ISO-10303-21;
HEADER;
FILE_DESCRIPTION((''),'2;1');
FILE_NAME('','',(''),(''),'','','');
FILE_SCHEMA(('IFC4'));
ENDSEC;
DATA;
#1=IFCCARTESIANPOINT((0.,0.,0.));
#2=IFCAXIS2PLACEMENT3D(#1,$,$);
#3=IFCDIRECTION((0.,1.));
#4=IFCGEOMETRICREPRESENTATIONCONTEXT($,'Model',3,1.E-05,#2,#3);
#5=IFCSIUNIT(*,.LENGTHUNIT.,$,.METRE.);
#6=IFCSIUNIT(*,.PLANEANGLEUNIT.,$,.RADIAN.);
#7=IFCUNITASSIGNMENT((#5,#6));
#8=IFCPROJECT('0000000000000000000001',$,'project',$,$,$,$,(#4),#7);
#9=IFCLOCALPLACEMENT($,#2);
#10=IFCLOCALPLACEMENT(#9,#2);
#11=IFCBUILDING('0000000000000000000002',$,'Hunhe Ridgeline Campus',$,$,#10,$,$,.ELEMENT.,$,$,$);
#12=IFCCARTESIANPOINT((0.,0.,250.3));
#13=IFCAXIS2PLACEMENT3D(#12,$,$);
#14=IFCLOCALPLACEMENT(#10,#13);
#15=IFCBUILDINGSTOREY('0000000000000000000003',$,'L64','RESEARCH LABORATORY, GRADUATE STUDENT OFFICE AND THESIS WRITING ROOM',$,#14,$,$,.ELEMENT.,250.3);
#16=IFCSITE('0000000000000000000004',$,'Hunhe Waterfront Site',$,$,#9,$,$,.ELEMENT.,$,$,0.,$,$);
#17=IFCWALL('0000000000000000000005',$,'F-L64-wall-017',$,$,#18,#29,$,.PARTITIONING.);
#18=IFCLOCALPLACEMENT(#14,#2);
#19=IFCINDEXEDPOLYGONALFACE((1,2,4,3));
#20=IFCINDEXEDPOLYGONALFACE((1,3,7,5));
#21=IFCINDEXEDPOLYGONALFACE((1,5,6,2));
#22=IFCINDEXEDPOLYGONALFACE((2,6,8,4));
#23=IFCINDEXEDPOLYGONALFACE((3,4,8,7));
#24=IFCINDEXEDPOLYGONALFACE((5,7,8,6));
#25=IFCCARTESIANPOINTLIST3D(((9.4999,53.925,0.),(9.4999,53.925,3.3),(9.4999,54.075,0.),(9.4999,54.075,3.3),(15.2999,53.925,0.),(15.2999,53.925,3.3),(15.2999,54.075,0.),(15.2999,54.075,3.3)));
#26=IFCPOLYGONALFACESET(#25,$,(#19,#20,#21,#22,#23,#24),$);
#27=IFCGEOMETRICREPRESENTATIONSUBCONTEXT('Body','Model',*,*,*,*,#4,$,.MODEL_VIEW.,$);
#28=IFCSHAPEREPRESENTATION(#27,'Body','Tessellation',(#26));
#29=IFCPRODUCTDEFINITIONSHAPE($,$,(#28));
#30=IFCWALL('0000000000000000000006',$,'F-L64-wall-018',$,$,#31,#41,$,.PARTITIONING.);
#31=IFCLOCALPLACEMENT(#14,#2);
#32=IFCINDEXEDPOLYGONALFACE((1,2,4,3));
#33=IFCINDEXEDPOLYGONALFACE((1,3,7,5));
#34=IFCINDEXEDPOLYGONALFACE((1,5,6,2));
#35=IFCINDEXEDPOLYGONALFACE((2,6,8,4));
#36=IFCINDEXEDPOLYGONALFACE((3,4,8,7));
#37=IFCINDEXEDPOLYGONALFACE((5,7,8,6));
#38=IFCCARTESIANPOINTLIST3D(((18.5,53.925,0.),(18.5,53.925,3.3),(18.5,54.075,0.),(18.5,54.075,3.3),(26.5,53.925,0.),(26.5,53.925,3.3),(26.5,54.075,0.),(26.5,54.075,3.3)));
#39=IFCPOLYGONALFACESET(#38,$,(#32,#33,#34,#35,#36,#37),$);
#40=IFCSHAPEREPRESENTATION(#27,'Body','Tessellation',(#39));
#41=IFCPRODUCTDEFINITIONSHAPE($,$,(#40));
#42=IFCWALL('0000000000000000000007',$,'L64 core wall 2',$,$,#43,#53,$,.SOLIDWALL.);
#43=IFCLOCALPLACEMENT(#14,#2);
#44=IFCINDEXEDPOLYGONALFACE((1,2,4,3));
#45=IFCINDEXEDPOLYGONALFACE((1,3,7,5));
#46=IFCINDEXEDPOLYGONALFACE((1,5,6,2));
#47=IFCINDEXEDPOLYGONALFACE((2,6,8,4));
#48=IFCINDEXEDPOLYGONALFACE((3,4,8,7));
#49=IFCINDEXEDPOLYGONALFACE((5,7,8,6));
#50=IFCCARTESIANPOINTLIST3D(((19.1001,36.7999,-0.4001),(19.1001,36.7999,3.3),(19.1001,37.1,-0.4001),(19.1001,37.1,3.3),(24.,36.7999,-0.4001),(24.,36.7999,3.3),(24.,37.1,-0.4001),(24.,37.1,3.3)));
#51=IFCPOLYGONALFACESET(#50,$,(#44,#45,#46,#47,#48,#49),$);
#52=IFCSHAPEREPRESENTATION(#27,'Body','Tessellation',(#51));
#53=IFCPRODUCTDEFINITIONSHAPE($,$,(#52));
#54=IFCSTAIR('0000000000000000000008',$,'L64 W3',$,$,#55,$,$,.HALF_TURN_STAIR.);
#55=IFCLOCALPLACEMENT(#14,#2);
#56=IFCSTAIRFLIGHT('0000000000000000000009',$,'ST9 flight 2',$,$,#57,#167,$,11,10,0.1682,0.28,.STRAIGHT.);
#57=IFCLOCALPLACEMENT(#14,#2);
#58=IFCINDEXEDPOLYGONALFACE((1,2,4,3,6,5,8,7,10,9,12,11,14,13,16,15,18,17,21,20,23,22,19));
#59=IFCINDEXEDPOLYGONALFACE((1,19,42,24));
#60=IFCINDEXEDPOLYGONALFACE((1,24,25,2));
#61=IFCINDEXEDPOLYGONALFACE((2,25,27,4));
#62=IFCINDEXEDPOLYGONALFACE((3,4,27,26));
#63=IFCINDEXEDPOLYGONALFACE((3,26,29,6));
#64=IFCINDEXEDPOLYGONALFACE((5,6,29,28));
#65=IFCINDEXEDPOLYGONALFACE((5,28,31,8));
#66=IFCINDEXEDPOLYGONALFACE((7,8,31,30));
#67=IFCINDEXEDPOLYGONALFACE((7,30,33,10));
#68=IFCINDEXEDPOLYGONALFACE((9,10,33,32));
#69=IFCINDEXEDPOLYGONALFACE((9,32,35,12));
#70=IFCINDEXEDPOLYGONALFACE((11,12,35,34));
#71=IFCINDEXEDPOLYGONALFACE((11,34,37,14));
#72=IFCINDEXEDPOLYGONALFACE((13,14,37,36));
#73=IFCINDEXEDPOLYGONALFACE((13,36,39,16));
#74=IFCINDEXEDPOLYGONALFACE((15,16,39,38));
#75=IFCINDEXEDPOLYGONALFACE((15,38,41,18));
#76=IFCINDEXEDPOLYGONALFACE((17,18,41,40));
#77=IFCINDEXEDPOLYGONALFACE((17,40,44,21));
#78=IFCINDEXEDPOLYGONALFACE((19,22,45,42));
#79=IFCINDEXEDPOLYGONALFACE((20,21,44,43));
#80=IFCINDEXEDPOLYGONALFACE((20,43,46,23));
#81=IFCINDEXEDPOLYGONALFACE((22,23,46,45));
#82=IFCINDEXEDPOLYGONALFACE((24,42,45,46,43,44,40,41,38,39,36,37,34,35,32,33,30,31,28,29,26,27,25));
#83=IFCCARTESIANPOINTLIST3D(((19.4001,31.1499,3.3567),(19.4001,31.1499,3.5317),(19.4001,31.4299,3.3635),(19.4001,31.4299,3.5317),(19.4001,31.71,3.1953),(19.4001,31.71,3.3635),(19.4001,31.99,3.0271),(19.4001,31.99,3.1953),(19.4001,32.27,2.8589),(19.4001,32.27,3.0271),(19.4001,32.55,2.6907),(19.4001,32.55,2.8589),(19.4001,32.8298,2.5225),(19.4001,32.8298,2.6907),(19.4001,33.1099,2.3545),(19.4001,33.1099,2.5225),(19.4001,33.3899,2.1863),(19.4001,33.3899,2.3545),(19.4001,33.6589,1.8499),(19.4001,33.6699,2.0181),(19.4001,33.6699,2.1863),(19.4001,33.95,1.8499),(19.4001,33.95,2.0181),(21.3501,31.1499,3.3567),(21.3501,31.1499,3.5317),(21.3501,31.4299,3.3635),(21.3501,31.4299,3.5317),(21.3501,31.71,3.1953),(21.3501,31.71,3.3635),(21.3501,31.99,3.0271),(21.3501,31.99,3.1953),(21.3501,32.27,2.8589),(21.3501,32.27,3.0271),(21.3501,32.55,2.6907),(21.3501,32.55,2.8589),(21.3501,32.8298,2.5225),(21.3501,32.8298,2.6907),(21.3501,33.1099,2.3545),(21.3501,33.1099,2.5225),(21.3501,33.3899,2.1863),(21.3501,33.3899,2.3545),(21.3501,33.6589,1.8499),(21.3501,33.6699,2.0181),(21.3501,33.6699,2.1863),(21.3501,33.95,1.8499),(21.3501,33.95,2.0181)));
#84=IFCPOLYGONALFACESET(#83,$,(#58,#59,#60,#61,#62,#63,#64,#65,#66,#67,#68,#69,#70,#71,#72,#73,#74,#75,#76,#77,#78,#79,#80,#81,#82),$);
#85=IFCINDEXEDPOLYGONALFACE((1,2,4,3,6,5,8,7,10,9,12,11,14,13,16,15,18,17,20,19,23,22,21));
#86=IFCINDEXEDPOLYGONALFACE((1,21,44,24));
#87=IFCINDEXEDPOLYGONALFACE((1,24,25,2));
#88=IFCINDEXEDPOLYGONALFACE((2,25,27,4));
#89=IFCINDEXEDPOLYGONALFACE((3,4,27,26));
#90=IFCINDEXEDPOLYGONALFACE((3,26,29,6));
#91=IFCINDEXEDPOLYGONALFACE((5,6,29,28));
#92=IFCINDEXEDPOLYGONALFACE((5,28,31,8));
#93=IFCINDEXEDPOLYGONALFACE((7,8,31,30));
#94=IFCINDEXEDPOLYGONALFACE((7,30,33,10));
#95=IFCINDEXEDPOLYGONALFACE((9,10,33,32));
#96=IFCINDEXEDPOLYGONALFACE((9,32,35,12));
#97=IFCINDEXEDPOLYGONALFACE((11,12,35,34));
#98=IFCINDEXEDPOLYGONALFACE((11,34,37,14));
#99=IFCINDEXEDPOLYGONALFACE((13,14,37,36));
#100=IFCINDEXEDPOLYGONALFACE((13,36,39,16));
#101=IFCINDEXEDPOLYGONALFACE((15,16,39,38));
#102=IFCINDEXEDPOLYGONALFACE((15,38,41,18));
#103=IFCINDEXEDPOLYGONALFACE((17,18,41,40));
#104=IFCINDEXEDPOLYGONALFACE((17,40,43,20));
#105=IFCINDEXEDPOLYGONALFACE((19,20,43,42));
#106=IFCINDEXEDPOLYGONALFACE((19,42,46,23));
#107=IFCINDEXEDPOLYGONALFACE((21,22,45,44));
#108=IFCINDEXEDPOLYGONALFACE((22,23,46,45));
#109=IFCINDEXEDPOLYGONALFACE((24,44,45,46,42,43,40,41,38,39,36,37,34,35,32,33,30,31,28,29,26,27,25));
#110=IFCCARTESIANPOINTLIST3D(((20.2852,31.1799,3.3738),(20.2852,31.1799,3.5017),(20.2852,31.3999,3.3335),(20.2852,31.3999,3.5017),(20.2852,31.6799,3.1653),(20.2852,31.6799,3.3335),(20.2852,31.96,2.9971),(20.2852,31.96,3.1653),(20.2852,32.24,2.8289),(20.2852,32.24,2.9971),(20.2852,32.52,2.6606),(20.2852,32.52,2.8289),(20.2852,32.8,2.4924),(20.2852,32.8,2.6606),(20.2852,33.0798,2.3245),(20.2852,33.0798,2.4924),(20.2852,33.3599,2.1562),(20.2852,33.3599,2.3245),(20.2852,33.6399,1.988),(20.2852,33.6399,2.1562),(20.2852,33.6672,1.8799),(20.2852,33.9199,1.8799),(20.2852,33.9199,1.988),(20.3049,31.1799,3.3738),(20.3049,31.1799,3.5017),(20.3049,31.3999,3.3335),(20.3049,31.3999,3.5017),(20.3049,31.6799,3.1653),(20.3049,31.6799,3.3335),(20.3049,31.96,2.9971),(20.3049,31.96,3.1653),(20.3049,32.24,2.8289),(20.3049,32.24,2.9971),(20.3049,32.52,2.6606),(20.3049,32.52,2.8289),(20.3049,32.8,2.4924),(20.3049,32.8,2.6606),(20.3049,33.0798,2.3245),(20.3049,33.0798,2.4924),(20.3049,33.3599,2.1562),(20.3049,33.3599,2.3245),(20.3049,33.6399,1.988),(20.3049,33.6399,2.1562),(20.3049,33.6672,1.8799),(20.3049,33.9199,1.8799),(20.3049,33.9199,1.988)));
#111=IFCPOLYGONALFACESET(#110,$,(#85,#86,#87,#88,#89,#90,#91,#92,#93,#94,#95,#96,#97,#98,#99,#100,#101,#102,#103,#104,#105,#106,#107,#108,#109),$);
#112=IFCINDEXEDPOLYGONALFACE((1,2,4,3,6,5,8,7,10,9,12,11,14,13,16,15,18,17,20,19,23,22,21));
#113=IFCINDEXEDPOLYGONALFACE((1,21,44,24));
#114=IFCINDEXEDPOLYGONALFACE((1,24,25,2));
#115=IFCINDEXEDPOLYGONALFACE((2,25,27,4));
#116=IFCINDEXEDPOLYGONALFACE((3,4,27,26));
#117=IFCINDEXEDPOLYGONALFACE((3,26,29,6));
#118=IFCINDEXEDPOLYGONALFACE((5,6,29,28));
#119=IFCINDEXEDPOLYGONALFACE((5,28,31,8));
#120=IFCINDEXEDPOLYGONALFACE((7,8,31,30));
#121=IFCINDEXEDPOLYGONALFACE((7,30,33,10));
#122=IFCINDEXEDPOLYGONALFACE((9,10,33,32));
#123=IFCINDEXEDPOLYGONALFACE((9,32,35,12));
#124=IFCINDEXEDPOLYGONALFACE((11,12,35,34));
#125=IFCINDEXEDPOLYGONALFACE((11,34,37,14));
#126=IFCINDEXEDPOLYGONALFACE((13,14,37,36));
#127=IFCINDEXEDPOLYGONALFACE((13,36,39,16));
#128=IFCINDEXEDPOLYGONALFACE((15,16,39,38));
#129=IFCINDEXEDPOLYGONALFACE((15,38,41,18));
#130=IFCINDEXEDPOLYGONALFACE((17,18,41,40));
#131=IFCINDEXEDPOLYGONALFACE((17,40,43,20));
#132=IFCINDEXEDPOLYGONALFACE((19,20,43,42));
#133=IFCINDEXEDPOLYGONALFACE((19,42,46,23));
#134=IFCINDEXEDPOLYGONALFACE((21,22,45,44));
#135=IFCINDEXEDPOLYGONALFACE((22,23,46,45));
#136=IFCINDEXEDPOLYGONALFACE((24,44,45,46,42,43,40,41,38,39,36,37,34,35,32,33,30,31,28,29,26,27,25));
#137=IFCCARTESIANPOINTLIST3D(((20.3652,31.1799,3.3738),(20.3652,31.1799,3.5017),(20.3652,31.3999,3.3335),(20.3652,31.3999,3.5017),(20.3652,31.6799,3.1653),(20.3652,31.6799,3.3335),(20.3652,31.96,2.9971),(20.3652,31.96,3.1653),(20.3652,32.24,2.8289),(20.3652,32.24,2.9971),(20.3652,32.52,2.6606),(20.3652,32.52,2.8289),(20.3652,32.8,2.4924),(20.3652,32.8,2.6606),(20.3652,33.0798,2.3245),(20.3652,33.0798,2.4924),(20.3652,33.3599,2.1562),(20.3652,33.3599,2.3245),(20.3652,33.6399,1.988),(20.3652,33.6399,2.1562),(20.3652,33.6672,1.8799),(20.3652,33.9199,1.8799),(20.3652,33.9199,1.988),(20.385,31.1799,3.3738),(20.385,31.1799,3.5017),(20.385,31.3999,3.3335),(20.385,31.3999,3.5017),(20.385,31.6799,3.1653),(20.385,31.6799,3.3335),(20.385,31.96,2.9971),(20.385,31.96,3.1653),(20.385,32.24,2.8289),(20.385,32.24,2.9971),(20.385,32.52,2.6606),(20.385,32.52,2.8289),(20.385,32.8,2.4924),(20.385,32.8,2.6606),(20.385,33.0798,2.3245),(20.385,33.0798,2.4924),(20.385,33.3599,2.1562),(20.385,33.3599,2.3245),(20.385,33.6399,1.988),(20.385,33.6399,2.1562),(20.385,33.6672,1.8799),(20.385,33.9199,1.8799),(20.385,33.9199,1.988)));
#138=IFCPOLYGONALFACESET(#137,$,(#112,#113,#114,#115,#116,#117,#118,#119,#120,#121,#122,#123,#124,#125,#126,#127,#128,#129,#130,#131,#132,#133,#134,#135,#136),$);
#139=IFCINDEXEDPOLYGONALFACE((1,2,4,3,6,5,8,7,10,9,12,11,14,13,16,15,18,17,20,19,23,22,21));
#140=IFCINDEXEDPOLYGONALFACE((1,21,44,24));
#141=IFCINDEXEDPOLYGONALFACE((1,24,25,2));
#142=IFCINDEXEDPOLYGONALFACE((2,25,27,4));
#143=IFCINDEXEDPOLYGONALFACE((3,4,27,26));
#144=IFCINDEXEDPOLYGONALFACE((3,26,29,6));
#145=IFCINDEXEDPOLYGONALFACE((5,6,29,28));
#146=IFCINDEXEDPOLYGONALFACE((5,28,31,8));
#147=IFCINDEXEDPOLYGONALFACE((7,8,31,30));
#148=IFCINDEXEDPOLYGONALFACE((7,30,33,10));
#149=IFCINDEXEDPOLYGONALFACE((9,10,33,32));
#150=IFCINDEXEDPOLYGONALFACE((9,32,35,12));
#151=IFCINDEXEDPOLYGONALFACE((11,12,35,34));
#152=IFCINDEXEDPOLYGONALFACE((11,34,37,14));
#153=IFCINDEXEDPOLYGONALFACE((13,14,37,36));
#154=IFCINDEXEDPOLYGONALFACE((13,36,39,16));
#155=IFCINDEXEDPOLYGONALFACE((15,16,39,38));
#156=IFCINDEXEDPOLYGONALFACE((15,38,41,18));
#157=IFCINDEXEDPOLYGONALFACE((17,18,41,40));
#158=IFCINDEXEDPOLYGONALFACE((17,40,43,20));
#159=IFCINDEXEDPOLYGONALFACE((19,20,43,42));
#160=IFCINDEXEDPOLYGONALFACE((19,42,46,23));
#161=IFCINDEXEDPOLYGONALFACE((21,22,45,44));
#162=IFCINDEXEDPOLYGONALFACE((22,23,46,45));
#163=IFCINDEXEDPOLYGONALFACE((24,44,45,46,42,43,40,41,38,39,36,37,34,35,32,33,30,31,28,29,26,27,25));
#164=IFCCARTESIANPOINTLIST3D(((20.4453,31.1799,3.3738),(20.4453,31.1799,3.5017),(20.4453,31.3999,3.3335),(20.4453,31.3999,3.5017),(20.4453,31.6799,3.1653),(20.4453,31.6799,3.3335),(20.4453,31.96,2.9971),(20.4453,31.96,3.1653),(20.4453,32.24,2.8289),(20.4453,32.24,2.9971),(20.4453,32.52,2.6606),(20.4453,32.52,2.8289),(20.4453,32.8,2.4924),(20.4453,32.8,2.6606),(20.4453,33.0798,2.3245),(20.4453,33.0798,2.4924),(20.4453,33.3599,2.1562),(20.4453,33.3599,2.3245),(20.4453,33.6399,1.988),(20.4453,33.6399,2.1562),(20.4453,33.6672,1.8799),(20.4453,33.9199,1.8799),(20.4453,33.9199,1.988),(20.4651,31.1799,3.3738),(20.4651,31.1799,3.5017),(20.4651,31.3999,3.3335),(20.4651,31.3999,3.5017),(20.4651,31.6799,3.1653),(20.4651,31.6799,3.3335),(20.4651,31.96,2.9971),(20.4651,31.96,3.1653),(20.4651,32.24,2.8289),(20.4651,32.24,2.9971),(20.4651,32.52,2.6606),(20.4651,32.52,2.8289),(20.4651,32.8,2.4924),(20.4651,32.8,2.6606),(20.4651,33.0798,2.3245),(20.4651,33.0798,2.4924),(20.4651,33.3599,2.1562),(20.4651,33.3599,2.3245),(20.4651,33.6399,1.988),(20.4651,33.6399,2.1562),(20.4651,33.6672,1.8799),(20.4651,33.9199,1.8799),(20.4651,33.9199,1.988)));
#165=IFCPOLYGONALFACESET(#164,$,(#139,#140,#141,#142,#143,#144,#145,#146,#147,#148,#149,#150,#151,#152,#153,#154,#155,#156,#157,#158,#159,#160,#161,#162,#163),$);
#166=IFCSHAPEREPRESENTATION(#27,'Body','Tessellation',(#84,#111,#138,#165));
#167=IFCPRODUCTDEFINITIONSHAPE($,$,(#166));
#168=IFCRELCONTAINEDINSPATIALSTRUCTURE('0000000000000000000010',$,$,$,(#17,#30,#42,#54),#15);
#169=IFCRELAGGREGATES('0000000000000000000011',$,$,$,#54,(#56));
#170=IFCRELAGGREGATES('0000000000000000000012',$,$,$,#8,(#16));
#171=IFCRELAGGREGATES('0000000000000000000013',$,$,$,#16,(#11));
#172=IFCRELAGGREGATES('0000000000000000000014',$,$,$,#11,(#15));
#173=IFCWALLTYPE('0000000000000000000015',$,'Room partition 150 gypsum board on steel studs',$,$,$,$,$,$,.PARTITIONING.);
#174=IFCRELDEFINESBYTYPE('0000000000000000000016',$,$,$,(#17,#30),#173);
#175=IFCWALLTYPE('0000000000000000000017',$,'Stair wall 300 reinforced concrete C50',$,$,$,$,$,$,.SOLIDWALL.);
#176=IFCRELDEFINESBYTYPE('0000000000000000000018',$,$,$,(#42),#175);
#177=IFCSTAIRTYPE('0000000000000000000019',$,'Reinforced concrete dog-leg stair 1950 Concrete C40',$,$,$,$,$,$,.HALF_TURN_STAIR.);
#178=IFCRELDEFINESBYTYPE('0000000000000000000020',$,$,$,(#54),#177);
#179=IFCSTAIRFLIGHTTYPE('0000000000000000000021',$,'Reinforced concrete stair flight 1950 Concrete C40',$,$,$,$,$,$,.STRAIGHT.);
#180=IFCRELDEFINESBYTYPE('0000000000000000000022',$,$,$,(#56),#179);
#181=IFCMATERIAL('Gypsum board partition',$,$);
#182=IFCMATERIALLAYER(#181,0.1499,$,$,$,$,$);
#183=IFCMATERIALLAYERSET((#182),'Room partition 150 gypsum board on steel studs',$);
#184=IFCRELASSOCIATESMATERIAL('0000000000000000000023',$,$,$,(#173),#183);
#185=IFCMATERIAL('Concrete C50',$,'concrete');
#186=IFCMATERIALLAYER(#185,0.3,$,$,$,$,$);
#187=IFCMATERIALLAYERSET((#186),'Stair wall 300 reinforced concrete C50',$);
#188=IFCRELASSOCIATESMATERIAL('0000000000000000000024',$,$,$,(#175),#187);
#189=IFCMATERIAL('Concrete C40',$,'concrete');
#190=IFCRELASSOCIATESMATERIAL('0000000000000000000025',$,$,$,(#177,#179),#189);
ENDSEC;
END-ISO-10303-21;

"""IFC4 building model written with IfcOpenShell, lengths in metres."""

from ifc_helpers import new_model, si_unit, direction, frame, frame_2d, origin, place, context, subcontext, project, spatial, polyline, rectangle, outline, extrude, material, layer, layer_set, type_object, element, aggregate, save


model = new_model("IFC4")

# Units and contexts
model_context = context("Model", 3, precision=1e-05, world=origin(), true_north=direction((0.0, 1.0)))
body_context = subcontext(model_context, "Body", "Model", "MODEL_VIEW")
ifc_project = project(units=[si_unit("LENGTHUNIT", "METRE"), si_unit("PLANEANGLEUNIT", "RADIAN")], contexts=[model_context])

# Site, building, storey
site_placement = place(None, origin())
site = spatial("IfcSite", under=ifc_project, at=site_placement, Name="Hunhe Waterfront Site", CompositionType="ELEMENT", RefElevation=0.0)
building_placement = place(site_placement, origin())
building = spatial("IfcBuilding", under=site, at=building_placement, Name="Hunhe Ridgeline Campus", CompositionType="ELEMENT")
storey_placement = place(building_placement, frame((0.0, 0.0, 250.3)))
storey = spatial("IfcBuildingStorey", under=building, at=storey_placement, Name="L64", Description="RESEARCH LABORATORY, GRADUATE STUDENT OFFICE AND THESIS WRITING ROOM", CompositionType="ELEMENT", Elevation=250.3)

# Shared definitions
ifc_material_1 = material(Name="Concrete C50", Category="concrete")

# Walls
ifc_material_2 = material(Name="Gypsum board partition")
ifc_layer_1 = layer(ifc_material_2, 0.1499)
ifc_layer_set_1 = layer_set([ifc_layer_1], Name="Room partition 150 gypsum board on steel studs")
wall_type_1 = type_object("IfcWallType", Name="Room partition 150 gypsum board on steel studs", PredefinedType="PARTITIONING", material=ifc_layer_set_1)
wall_1_placement = place(storey_placement, frame((9.5, 54.0, 0.0), z_axis=(0.0, 0.0, 1.0), x_axis=(1.0, 0.0, 0.0)))
element("IfcWall", 1, at=wall_1_placement, inside=storey, type_object=wall_type_1, Name="F-L64-wall-017", PredefinedType="PARTITIONING", context=body_context, shape_type="SweptSolid", body=[
    extrude(rectangle(XDim=5.8, YDim=0.1499, at=frame_2d((2.8999, 0.0))), origin(), (0.0, 0.0, 1.0), 3.3),
])
wall_2_placement = place(storey_placement, frame((18.5, 54.0, 0.0), z_axis=(0.0, 0.0, 1.0), x_axis=(1.0, 0.0, 0.0)))
element("IfcWall", 2, at=wall_2_placement, inside=storey, type_object=wall_type_1, Name="F-L64-wall-018", PredefinedType="PARTITIONING", context=body_context, shape_type="SweptSolid", body=[
    extrude(rectangle(XDim=8.0, YDim=0.1499, at=frame_2d((4.0, 0.0))), origin(), (0.0, 0.0, 1.0), 3.3),
])
ifc_layer_2 = layer(ifc_material_1, 0.3)
ifc_layer_set_2 = layer_set([ifc_layer_2], Name="Stair wall 300 reinforced concrete C50")
wall_type_2 = type_object("IfcWallType", Name="Stair wall 300 reinforced concrete C50", PredefinedType="SOLIDWALL", material=ifc_layer_set_2)
wall_3_placement = place(storey_placement, frame((19.1001, 36.95, -0.4001), z_axis=(0.0, 0.0, 1.0), x_axis=(1.0, 0.0, 0.0)))
element("IfcWall", 3, at=wall_3_placement, inside=storey, type_object=wall_type_2, Name="L64 core wall 2", PredefinedType="SOLIDWALL", context=body_context, shape_type="SweptSolid", body=[
    extrude(rectangle(XDim=4.8999, YDim=0.3, at=frame_2d((2.45, 0.0))), origin(), (0.0, 0.0, 1.0), 3.7002),
])

# Stair, stair flight
ifc_material_3 = material(Name="Concrete C40", Category="concrete")
stair_type = type_object("IfcStairType", Name="Reinforced concrete dog-leg stair 1950 Concrete C40", PredefinedType="HALF_TURN_STAIR", material=ifc_material_3)
stair_placement = place(storey_placement, origin())
stair = element("IfcStair", 4, at=stair_placement, inside=storey, type_object=stair_type, Name="L64 W3", PredefinedType="HALF_TURN_STAIR")
stair_flight_type = type_object("IfcStairFlightType", Name="Reinforced concrete stair flight 1950 Concrete C40", PredefinedType="STRAIGHT", material=ifc_material_3)
stair_flight_placement = place(storey_placement, frame((20.375, 33.95, 1.8499), z_axis=(0.0, 0.0, 1.0), x_axis=(0.0, -1.0, 0.0)))
stair_flight = element("IfcStairFlight", 5, at=stair_flight_placement, type_object=stair_flight_type, Name="ST9 flight 2", NumberOfRisers=11, NumberOfTreads=10, PredefinedType="STRAIGHT", RiserHeight=0.1682, TreadLength=0.28, context=body_context, shape_type="SweptSolid", body=[
    extrude(outline(polyline([(0.0, 0.0), (0.0, 0.1682), (0.28, 0.1682), (0.28, 0.3364), (0.5601, 0.3364), (0.5601, 0.5046), (0.8401, 0.5046), (0.8401, 0.6726), (1.1201, 0.6726), (1.1201, 0.8408), (1.3999, 0.8408), (1.3999, 1.009), (1.6799, 1.009), (1.6799, 1.1772), (1.96, 1.1772), (1.96, 1.3455), (2.24, 1.3455), (2.24, 1.5137), (2.52, 1.5137), (2.52, 1.6819), (2.8, 1.6819), (2.8, 1.8501), (2.8, 1.5068), (0.291, 0.0), (0.0, 0.0)])), frame((0.0, 0.9751, 0.0), z_axis=(0.0, -1.0, 0.0), x_axis=(1.0, 0.0, 0.0)), (0.0, 0.0, 1.0), 1.95),
    extrude(outline(polyline([(0.03, 0.03), (0.03, 0.1382), (0.3101, 0.1382), (0.3101, 0.3064), (0.5901, 0.3064), (0.5901, 0.4746), (0.8701, 0.4746), (0.8701, 0.6426), (1.1499, 0.6426), (1.1499, 0.8108), (1.4299, 0.8108), (1.4299, 0.979), (1.71, 0.979), (1.71, 1.1472), (1.99, 1.1472), (1.99, 1.3154), (2.27, 1.3154), (2.27, 1.4836), (2.55, 1.4836), (2.55, 1.6519), (2.77, 1.6519), (2.77, 1.5239), (0.2827, 0.03), (0.03, 0.03)])), frame((0.0, -0.0701, 0.0), z_axis=(0.0, -1.0, 0.0), x_axis=(1.0, 0.0, 0.0)), (0.0, 0.0, 1.0), 0.0198),
    extrude(outline(polyline([(0.03, 0.03), (0.03, 0.1382), (0.3101, 0.1382), (0.3101, 0.3064), (0.5901, 0.3064), (0.5901, 0.4746), (0.8701, 0.4746), (0.8701, 0.6426), (1.1499, 0.6426), (1.1499, 0.8108), (1.4299, 0.8108), (1.4299, 0.979), (1.71, 0.979), (1.71, 1.1472), (1.99, 1.1472), (1.99, 1.3154), (2.27, 1.3154), (2.27, 1.4836), (2.55, 1.4836), (2.55, 1.6519), (2.77, 1.6519), (2.77, 1.5239), (0.2827, 0.03), (0.03, 0.03)])), frame((0.0, 0.01, 0.0), z_axis=(0.0, -1.0, 0.0), x_axis=(1.0, 0.0, 0.0)), (0.0, 0.0, 1.0), 0.0198),
    extrude(outline(polyline([(0.03, 0.03), (0.03, 0.1382), (0.3101, 0.1382), (0.3101, 0.3064), (0.5901, 0.3064), (0.5901, 0.4746), (0.8701, 0.4746), (0.8701, 0.6426), (1.1499, 0.6426), (1.1499, 0.8108), (1.4299, 0.8108), (1.4299, 0.979), (1.71, 0.979), (1.71, 1.1472), (1.99, 1.1472), (1.99, 1.3154), (2.27, 1.3154), (2.27, 1.4836), (2.55, 1.4836), (2.55, 1.6519), (2.77, 1.6519), (2.77, 1.5239), (0.2827, 0.03), (0.03, 0.03)])), frame((0.0, 0.0901, 0.0), z_axis=(0.0, -1.0, 0.0), x_axis=(1.0, 0.0, 0.0)), (0.0, 0.0, 1.0), 0.0198),
])
aggregate(stair, [stair_flight])

save(model, "model.ifc")
